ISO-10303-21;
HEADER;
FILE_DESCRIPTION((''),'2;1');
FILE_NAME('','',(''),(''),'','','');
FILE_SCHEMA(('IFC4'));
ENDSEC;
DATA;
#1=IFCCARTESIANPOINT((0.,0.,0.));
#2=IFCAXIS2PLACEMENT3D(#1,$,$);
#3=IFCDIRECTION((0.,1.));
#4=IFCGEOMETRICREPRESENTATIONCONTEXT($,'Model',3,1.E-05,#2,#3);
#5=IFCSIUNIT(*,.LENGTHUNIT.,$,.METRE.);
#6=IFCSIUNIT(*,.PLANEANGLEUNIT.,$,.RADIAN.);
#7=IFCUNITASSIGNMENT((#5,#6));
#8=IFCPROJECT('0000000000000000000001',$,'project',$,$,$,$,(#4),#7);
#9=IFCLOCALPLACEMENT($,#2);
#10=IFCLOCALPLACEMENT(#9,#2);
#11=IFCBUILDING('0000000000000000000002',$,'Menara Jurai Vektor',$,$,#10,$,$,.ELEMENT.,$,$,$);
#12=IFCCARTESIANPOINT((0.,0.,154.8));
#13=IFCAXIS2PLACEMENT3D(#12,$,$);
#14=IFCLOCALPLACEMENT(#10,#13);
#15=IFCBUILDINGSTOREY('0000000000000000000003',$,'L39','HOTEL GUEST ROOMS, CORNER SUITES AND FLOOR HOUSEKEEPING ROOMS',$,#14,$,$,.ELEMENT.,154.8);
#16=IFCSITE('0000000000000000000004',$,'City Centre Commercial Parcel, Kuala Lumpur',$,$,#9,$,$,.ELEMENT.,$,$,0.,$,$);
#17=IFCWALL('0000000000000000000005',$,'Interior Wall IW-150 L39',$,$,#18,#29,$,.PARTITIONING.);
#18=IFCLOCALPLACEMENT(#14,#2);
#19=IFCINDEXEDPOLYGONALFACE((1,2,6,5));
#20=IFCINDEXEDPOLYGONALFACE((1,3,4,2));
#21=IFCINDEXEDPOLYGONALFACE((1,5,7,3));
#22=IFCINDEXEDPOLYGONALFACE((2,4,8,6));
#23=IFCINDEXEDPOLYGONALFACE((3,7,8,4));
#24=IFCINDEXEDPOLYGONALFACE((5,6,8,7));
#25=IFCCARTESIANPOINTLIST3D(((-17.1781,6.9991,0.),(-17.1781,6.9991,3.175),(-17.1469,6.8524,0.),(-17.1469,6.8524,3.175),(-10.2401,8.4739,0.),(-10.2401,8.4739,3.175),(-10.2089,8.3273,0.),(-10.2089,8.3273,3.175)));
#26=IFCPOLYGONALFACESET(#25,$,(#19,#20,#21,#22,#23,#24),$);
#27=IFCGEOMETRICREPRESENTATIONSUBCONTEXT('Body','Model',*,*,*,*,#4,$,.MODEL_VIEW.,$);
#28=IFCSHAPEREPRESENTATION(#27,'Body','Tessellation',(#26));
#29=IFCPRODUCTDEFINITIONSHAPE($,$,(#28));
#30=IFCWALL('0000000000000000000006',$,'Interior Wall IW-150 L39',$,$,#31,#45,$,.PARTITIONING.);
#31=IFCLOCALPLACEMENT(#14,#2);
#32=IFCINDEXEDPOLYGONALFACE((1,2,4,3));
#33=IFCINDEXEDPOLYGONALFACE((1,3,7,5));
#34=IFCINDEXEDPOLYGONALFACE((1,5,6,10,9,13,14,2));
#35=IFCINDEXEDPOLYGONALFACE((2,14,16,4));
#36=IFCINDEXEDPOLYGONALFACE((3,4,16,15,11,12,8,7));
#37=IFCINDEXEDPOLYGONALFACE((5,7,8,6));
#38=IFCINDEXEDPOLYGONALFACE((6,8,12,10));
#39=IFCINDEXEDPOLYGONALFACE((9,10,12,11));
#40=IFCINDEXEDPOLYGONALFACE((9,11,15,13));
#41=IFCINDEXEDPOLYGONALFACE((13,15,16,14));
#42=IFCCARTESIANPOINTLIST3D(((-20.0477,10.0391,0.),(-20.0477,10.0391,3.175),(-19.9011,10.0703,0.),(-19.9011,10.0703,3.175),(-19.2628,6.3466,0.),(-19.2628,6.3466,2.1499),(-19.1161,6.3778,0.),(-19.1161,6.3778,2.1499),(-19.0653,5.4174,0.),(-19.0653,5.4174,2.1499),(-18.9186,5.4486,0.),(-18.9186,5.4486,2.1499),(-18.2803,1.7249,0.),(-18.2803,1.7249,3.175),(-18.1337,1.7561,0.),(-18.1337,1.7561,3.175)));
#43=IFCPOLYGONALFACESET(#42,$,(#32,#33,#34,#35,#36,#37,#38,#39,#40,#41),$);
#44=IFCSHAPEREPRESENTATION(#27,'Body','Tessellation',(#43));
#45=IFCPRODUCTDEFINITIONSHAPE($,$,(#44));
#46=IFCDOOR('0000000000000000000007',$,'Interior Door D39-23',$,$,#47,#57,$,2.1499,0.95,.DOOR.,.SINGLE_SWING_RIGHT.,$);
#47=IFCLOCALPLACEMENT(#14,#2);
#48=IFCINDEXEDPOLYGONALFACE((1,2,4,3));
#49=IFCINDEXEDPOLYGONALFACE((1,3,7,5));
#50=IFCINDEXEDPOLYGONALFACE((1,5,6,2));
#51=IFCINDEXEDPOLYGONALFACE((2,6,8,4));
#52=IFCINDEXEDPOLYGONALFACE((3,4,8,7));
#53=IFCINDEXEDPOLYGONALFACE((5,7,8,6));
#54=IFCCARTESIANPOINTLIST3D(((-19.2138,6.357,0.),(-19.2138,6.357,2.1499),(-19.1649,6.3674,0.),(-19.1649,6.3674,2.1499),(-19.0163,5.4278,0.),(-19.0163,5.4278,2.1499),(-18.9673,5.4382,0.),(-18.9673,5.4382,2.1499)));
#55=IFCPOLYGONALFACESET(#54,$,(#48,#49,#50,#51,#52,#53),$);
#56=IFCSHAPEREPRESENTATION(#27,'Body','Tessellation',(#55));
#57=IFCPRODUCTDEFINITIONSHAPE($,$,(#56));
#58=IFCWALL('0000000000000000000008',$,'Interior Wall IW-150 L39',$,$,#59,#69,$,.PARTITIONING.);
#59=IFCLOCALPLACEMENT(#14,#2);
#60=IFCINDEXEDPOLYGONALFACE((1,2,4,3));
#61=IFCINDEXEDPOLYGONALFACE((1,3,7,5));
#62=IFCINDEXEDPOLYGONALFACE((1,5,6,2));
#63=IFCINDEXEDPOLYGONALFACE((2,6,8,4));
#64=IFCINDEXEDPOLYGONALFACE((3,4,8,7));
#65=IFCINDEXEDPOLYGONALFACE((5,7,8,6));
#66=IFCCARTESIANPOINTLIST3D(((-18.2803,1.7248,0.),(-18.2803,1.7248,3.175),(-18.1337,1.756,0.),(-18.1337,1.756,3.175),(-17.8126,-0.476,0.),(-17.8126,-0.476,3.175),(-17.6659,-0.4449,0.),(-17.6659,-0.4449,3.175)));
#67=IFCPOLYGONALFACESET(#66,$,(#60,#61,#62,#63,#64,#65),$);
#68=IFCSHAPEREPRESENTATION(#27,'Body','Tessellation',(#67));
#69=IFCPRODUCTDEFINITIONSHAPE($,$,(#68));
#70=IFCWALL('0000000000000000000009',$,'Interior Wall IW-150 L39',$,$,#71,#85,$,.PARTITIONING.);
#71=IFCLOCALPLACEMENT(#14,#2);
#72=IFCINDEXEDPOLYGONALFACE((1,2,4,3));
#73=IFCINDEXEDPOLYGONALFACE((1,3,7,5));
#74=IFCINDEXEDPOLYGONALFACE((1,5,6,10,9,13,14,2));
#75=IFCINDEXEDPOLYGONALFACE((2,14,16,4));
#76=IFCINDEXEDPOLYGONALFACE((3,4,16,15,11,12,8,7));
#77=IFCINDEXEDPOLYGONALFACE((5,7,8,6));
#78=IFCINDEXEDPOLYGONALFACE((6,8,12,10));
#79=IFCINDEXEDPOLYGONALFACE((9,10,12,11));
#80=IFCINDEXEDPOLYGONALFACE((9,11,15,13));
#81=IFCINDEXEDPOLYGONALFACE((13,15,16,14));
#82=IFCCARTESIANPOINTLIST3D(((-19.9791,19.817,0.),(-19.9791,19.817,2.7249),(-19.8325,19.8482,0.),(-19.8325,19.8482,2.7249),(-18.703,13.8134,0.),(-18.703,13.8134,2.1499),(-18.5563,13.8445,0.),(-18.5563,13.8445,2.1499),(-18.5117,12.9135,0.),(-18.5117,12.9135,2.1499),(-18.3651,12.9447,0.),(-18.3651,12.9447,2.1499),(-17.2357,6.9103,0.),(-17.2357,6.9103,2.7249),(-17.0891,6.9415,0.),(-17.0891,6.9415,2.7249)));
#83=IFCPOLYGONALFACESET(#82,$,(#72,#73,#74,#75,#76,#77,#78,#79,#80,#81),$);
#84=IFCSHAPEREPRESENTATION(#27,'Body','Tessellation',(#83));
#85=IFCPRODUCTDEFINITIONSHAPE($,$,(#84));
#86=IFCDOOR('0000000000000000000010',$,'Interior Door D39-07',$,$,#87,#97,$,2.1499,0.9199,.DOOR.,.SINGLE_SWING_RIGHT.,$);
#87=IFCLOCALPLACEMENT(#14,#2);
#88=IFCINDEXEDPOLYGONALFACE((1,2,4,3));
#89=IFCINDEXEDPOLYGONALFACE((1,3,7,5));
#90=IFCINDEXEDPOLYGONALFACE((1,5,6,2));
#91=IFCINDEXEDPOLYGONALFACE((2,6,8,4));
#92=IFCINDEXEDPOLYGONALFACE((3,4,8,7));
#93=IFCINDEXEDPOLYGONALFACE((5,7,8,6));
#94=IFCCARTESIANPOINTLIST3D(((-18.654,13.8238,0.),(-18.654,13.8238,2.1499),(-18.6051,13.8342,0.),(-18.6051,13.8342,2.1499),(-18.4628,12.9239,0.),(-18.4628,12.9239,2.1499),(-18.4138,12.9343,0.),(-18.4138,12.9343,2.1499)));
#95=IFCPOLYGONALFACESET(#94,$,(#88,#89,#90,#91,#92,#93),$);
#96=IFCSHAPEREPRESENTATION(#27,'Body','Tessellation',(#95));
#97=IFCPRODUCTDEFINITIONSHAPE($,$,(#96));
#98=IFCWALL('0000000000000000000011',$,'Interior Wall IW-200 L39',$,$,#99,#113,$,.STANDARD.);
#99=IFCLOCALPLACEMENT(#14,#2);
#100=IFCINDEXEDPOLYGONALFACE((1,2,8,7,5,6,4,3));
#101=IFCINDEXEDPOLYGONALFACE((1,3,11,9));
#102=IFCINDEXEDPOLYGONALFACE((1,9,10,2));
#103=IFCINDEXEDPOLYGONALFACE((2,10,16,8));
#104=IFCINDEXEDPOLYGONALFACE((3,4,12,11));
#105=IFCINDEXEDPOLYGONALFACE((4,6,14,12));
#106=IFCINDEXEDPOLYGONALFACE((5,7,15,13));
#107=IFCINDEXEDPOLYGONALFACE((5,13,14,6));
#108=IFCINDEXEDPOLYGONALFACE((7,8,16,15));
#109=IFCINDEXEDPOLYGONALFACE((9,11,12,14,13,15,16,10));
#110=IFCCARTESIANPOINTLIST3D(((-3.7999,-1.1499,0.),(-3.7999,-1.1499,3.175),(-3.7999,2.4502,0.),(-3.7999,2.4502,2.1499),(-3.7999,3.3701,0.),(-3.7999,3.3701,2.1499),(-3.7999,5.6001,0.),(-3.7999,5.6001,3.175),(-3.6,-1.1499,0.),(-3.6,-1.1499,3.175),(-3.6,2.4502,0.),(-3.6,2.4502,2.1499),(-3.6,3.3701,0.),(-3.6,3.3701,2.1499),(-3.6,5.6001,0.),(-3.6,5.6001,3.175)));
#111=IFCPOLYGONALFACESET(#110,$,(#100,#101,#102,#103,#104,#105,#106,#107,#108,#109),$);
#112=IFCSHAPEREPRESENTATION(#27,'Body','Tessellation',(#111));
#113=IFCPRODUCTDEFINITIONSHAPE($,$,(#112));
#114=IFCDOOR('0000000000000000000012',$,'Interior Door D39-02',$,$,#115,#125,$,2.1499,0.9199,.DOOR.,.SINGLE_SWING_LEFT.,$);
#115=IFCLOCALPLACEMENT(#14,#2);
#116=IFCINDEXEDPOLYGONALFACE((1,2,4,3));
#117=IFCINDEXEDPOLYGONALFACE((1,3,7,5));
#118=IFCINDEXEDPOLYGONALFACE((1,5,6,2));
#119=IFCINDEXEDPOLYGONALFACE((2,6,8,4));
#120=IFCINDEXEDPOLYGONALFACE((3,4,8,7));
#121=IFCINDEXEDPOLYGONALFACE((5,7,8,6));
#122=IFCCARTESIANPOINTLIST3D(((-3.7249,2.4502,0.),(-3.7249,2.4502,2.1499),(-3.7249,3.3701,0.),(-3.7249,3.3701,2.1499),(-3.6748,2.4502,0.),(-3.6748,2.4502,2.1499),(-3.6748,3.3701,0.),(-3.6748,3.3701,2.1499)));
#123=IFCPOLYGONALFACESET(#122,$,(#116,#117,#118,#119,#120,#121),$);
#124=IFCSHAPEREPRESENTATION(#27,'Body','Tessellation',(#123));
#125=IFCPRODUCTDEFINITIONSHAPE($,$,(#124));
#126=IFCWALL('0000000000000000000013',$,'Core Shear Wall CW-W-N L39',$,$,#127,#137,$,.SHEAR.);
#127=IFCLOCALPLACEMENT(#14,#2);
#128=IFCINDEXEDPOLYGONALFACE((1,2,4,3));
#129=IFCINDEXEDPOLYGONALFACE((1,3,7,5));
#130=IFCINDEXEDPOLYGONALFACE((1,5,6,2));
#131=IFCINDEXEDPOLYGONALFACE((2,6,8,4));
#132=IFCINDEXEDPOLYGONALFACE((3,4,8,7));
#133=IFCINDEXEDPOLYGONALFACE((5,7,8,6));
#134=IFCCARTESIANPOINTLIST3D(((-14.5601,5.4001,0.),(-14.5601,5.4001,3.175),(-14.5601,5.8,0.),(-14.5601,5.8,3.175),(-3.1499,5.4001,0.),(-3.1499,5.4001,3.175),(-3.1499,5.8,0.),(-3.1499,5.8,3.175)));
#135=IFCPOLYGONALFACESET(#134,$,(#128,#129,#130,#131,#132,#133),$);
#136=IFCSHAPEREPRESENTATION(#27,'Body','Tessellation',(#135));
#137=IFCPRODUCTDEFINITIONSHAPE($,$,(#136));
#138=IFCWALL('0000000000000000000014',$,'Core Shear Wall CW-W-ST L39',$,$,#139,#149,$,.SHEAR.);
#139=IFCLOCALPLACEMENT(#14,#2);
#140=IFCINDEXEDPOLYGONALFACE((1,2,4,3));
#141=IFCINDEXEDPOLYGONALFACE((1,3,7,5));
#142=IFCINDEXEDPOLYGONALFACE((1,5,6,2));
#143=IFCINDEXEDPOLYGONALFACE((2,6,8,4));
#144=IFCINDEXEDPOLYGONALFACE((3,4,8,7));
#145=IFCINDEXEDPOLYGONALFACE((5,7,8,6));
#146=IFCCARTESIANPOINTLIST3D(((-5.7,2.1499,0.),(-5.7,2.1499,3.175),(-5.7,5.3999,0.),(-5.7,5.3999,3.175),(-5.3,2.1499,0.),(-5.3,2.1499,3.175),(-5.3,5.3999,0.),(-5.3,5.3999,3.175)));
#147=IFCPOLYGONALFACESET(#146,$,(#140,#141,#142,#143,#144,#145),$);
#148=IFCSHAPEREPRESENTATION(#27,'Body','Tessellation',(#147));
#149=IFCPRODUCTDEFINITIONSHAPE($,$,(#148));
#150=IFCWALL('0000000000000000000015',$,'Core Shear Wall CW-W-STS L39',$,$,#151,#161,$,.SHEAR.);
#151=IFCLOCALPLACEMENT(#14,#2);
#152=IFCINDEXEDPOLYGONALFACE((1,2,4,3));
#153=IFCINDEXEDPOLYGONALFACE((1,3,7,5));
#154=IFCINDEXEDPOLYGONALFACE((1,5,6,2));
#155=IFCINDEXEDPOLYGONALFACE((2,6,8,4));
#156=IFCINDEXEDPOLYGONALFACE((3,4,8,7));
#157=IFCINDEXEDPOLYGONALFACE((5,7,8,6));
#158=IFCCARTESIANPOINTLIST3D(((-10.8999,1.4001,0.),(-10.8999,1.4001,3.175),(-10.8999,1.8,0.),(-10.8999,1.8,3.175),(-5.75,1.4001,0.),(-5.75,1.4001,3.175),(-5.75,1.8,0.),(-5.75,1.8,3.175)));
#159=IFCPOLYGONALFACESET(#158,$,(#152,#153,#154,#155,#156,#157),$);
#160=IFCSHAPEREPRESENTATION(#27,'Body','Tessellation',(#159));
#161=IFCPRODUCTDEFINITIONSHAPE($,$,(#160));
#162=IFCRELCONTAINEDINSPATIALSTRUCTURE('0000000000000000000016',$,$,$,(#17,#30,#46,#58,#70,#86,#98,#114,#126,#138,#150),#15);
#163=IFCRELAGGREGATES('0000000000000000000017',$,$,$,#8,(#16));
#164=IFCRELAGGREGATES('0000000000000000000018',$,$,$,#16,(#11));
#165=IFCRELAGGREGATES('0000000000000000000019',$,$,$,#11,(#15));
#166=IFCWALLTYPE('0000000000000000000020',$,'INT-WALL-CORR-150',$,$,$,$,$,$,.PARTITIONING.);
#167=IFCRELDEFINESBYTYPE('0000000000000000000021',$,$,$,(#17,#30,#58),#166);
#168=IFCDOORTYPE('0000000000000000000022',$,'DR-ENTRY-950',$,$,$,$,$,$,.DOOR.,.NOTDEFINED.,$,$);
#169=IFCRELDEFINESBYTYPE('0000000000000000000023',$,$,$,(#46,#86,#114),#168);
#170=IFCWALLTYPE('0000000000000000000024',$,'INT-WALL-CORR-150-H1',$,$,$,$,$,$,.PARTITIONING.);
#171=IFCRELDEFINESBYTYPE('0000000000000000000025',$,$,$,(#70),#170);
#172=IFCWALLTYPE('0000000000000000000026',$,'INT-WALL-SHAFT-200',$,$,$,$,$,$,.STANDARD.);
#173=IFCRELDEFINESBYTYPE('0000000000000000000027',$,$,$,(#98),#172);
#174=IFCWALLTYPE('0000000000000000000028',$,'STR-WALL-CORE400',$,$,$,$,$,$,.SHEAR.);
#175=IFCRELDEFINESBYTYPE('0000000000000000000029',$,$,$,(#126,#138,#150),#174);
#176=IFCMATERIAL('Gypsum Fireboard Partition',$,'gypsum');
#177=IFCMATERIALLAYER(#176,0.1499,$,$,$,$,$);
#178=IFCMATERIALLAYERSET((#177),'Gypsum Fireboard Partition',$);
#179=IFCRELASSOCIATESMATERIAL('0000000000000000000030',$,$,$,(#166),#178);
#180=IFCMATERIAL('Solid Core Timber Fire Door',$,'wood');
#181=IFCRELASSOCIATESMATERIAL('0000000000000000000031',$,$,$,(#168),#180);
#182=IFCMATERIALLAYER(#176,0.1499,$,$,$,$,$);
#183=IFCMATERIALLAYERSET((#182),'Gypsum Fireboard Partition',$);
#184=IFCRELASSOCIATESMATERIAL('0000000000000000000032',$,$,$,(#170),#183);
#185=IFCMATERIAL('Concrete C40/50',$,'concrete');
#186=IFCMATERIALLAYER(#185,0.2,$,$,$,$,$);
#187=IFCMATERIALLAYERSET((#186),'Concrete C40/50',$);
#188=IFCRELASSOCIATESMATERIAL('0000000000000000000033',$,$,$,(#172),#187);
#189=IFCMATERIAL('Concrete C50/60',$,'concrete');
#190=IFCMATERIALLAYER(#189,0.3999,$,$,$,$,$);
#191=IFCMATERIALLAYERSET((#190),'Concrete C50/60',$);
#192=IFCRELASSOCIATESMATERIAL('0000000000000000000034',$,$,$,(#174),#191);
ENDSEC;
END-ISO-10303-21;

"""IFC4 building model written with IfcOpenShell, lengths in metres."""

from ifc_helpers import new_model, si_unit, direction, frame, frame_2d, origin, place, context, subcontext, project, spatial, rectangle, extrude, material, layer, layer_set, type_object, element, fill, save


model = new_model("IFC4")

# Units and contexts
model_context = context("Model", 3, precision=1e-05, world=origin(), true_north=direction((0.0, 1.0)))
body_context = subcontext(model_context, "Body", "Model", "MODEL_VIEW")
ifc_project = project(units=[si_unit("LENGTHUNIT", "METRE"), si_unit("PLANEANGLEUNIT", "RADIAN")], contexts=[model_context])

# Site, building, storey
site_placement = place(None, origin())
site = spatial("IfcSite", under=ifc_project, at=site_placement, Name="City Centre Commercial Parcel, Kuala Lumpur", CompositionType="ELEMENT", RefElevation=0.0)
building_placement = place(site_placement, origin())
building = spatial("IfcBuilding", under=site, at=building_placement, Name="Menara Jurai Vektor", CompositionType="ELEMENT")
storey_placement = place(building_placement, frame((0.0, 0.0, 154.8)))
storey = spatial("IfcBuildingStorey", under=building, at=storey_placement, Name="L39", Description="HOTEL GUEST ROOMS, CORNER SUITES AND FLOOR HOUSEKEEPING ROOMS", CompositionType="ELEMENT", Elevation=154.8)

# Shared definitions
ifc_material_1 = material(Name="Concrete C50/60", Category="concrete")

# Shared definitions
ifc_material_2 = material(Name="Concrete C40/50", Category="concrete")

# Wall
ifc_material_3 = material(Name="Gypsum Fireboard Partition", Category="gypsum")
ifc_layer_1 = layer(ifc_material_3, 0.1499)
ifc_layer_set_1 = layer_set([ifc_layer_1], Name="Gypsum Fireboard Partition")
wall_type_1 = type_object("IfcWallType", Name="INT-WALL-CORR-150", PredefinedType="PARTITIONING", material=ifc_layer_set_1)
wall_1_placement = place(storey_placement, frame((-17.1624, 6.9258, 0.0), z_axis=(0.0, 0.0, 1.0), x_axis=(0.978144, 0.20793, 0.0)))
element("IfcWall", 1, at=wall_1_placement, inside=storey, type_object=wall_type_1, Name="Interior Wall IW-150 L39", PredefinedType="PARTITIONING", context=body_context, shape_type="SweptSolid", body=[
    extrude(rectangle(XDim=7.093, YDim=0.1499, at=frame_2d((3.5464, 0.0))), origin(), (0.0, 0.0, 1.0), 3.175),
])

# Wall, opening, door
wall_2_placement = place(storey_placement, frame((-18.207, 1.7405, 0.0), z_axis=(0.0, 0.0, 1.0), x_axis=(-0.207922, 0.978145, 0.0)))
wall_2 = element("IfcWall", 2, at=wall_2_placement, inside=storey, type_object=wall_type_1, Name="Interior Wall IW-150 L39", PredefinedType="PARTITIONING", context=body_context, shape_type="SweptSolid", body=[
    extrude(rectangle(XDim=8.5, YDim=0.1499, at=frame_2d((4.25, 0.0))), origin(), (0.0, 0.0, 1.0), 3.175),
])
opening_1_placement = place(wall_2_placement, frame((3.7749, 0.0, 0.0)))
opening_1 = element("IfcOpeningElement", 3, at=opening_1_placement, cuts=wall_2, PredefinedType="OPENING", context=body_context, shape_type="SweptSolid", body=[
    extrude(rectangle(XDim=0.95, YDim=2.1499, at=frame_2d((0.4751, 1.075))), frame((0.0, 0.085, 0.0), z_axis=(0.0, -1.0, 0.0), x_axis=(1.0, 0.0, 0.0)), (0.0, 0.0, 1.0), 0.1699),
])
ifc_material_4 = material(Name="Solid Core Timber Fire Door", Category="wood")
door_type_1 = type_object("IfcDoorType", Name="DR-ENTRY-950", OperationType="NOTDEFINED", PredefinedType="DOOR", material=ifc_material_4)
door_1_placement = place(opening_1_placement, origin())
door_1 = element("IfcDoor", 4, at=door_1_placement, inside=storey, type_object=door_type_1, Name="Interior Door D39-23", OperationType="SINGLE_SWING_RIGHT", OverallHeight=2.1499, OverallWidth=0.95, PredefinedType="DOOR", context=body_context, shape_type="SweptSolid", body=[
    extrude(rectangle(XDim=0.95, YDim=2.1499, at=frame_2d((0.4751, 1.075))), frame((0.0, 0.0249, 0.0), z_axis=(0.0, -1.0, 0.0), x_axis=(1.0, 0.0, 0.0)), (0.0, 0.0, 1.0), 0.05),
])
fill(opening_1, door_1)

# Wall
wall_3_placement = place(storey_placement, frame((-17.7393, -0.4604, 0.0), z_axis=(0.0, 0.0, 1.0), x_axis=(-0.207891, 0.978152, 0.0)))
element("IfcWall", 5, at=wall_3_placement, inside=storey, type_object=wall_type_1, Name="Interior Wall IW-150 L39", PredefinedType="PARTITIONING", context=body_context, shape_type="SweptSolid", body=[
    extrude(rectangle(XDim=2.25, YDim=0.1499, at=frame_2d((1.125, 0.0))), origin(), (0.0, 0.0, 1.0), 3.175),
])

# Walls, openings, doors
ifc_layer_2 = layer(ifc_material_3, 0.1499)
ifc_layer_set_2 = layer_set([ifc_layer_2], Name="Gypsum Fireboard Partition")
wall_type_2 = type_object("IfcWallType", Name="INT-WALL-CORR-150-H1", PredefinedType="PARTITIONING", material=ifc_layer_set_2)
wall_4_placement = place(storey_placement, frame((-17.1624, 6.9258, 0.0), z_axis=(0.0, 0.0, 1.0), x_axis=(-0.207911, 0.978148, 0.0)))
wall_4 = element("IfcWall", 6, at=wall_4_placement, inside=storey, type_object=wall_type_2, Name="Interior Wall IW-150 L39", PredefinedType="PARTITIONING", context=body_context, shape_type="SweptSolid", body=[
    extrude(rectangle(XDim=13.1951, YDim=0.1499, at=frame_2d((6.5977, 0.0))), origin(), (0.0, 0.0, 1.0), 2.7249),
])
opening_2_placement = place(wall_4_placement, frame((6.1375, 0.0, 0.0)))
opening_2 = element("IfcOpeningElement", 7, at=opening_2_placement, cuts=wall_4, PredefinedType="OPENING", context=body_context, shape_type="SweptSolid", body=[
    extrude(rectangle(XDim=0.9199, YDim=2.1499, at=frame_2d((0.46, 1.075))), frame((0.0, 0.085, 0.0), z_axis=(0.0, -1.0, 0.0), x_axis=(1.0, 0.0, 0.0)), (0.0, 0.0, 1.0), 0.1699),
])
door_2_placement = place(opening_2_placement, origin())
door_2 = element("IfcDoor", 8, at=door_2_placement, inside=storey, type_object=door_type_1, Name="Interior Door D39-07", OperationType="SINGLE_SWING_RIGHT", OverallHeight=2.1499, OverallWidth=0.9199, PredefinedType="DOOR", context=body_context, shape_type="SweptSolid", body=[
    extrude(rectangle(XDim=0.9199, YDim=2.1499, at=frame_2d((0.46, 1.075))), frame((0.0, 0.0249, 0.0), z_axis=(0.0, -1.0, 0.0), x_axis=(1.0, 0.0, 0.0)), (0.0, 0.0, 1.0), 0.05),
])
fill(opening_2, door_2)
ifc_layer_3 = layer(ifc_material_2, 0.2)
ifc_layer_set_3 = layer_set([ifc_layer_3], Name="Concrete C40/50")
wall_type_3 = type_object("IfcWallType", Name="INT-WALL-SHAFT-200", PredefinedType="STANDARD", material=ifc_layer_set_3)
wall_5_placement = place(storey_placement, frame((-3.7, -1.1499, 0.0), z_axis=(0.0, 0.0, 1.0), x_axis=(0.0, 1.0, 0.0)))
wall_5 = element("IfcWall", 9, at=wall_5_placement, inside=storey, type_object=wall_type_3, Name="Interior Wall IW-200 L39", PredefinedType="STANDARD", context=body_context, shape_type="SweptSolid", body=[
    extrude(rectangle(XDim=6.75, YDim=0.2, at=frame_2d((3.375, 0.0))), origin(), (0.0, 0.0, 1.0), 3.175),
])
opening_3_placement = place(wall_5_placement, frame((3.6001, 0.0, 0.0)))
opening_3 = element("IfcOpeningElement", 10, at=opening_3_placement, cuts=wall_5, PredefinedType="OPENING", context=body_context, shape_type="SweptSolid", body=[
    extrude(rectangle(XDim=0.9199, YDim=2.1499, at=frame_2d((0.46, 1.075))), frame((0.0, 0.1099, 0.0), z_axis=(0.0, -1.0, 0.0), x_axis=(1.0, 0.0, 0.0)), (0.0, 0.0, 1.0), 0.22),
])
door_3_placement = place(opening_3_placement, origin())
door_3 = element("IfcDoor", 11, at=door_3_placement, inside=storey, type_object=door_type_1, Name="Interior Door D39-02", OperationType="SINGLE_SWING_LEFT", OverallHeight=2.1499, OverallWidth=0.9199, PredefinedType="DOOR", context=body_context, shape_type="SweptSolid", body=[
    extrude(rectangle(XDim=0.9199, YDim=2.1499, at=frame_2d((0.46, 1.075))), frame((0.0, 0.0249, 0.0), z_axis=(0.0, -1.0, 0.0), x_axis=(1.0, 0.0, 0.0)), (0.0, 0.0, 1.0), 0.05),
])
fill(opening_3, door_3)

# Walls
ifc_layer_4 = layer(ifc_material_1, 0.3999)
ifc_layer_set_4 = layer_set([ifc_layer_4], Name="Concrete C50/60")
wall_type_4 = type_object("IfcWallType", Name="STR-WALL-CORE400", PredefinedType="SHEAR", material=ifc_layer_set_4)
wall_6_placement = place(storey_placement, frame((-14.5601, 5.6001, 0.0), z_axis=(0.0, 0.0, 1.0), x_axis=(1.0, 0.0, 0.0)))
element("IfcWall", 12, at=wall_6_placement, inside=storey, type_object=wall_type_4, Name="Core Shear Wall CW-W-N L39", PredefinedType="SHEAR", context=body_context, shape_type="SweptSolid", body=[
    extrude(rectangle(XDim=11.4102, YDim=0.3999, at=frame_2d((5.7051, 0.0))), origin(), (0.0, 0.0, 1.0), 3.175),
])
wall_7_placement = place(storey_placement, frame((-5.5, 2.1499, 0.0), z_axis=(0.0, 0.0, 1.0), x_axis=(0.0, 1.0, 0.0)))
element("IfcWall", 13, at=wall_7_placement, inside=storey, type_object=wall_type_4, Name="Core Shear Wall CW-W-ST L39", PredefinedType="SHEAR", context=body_context, shape_type="SweptSolid", body=[
    extrude(rectangle(XDim=3.25, YDim=0.3999, at=frame_2d((1.625, 0.0))), origin(), (0.0, 0.0, 1.0), 3.175),
])
wall_8_placement = place(storey_placement, frame((-10.8999, 1.6001, 0.0), z_axis=(0.0, 0.0, 1.0), x_axis=(1.0, 0.0, 0.0)))
element("IfcWall", 14, at=wall_8_placement, inside=storey, type_object=wall_type_4, Name="Core Shear Wall CW-W-STS L39", PredefinedType="SHEAR", context=body_context, shape_type="SweptSolid", body=[
    extrude(rectangle(XDim=5.1499, YDim=0.3999, at=frame_2d((2.575, 0.0))), origin(), (0.0, 0.0, 1.0), 3.175),
])

save(model, "model.ifc")
